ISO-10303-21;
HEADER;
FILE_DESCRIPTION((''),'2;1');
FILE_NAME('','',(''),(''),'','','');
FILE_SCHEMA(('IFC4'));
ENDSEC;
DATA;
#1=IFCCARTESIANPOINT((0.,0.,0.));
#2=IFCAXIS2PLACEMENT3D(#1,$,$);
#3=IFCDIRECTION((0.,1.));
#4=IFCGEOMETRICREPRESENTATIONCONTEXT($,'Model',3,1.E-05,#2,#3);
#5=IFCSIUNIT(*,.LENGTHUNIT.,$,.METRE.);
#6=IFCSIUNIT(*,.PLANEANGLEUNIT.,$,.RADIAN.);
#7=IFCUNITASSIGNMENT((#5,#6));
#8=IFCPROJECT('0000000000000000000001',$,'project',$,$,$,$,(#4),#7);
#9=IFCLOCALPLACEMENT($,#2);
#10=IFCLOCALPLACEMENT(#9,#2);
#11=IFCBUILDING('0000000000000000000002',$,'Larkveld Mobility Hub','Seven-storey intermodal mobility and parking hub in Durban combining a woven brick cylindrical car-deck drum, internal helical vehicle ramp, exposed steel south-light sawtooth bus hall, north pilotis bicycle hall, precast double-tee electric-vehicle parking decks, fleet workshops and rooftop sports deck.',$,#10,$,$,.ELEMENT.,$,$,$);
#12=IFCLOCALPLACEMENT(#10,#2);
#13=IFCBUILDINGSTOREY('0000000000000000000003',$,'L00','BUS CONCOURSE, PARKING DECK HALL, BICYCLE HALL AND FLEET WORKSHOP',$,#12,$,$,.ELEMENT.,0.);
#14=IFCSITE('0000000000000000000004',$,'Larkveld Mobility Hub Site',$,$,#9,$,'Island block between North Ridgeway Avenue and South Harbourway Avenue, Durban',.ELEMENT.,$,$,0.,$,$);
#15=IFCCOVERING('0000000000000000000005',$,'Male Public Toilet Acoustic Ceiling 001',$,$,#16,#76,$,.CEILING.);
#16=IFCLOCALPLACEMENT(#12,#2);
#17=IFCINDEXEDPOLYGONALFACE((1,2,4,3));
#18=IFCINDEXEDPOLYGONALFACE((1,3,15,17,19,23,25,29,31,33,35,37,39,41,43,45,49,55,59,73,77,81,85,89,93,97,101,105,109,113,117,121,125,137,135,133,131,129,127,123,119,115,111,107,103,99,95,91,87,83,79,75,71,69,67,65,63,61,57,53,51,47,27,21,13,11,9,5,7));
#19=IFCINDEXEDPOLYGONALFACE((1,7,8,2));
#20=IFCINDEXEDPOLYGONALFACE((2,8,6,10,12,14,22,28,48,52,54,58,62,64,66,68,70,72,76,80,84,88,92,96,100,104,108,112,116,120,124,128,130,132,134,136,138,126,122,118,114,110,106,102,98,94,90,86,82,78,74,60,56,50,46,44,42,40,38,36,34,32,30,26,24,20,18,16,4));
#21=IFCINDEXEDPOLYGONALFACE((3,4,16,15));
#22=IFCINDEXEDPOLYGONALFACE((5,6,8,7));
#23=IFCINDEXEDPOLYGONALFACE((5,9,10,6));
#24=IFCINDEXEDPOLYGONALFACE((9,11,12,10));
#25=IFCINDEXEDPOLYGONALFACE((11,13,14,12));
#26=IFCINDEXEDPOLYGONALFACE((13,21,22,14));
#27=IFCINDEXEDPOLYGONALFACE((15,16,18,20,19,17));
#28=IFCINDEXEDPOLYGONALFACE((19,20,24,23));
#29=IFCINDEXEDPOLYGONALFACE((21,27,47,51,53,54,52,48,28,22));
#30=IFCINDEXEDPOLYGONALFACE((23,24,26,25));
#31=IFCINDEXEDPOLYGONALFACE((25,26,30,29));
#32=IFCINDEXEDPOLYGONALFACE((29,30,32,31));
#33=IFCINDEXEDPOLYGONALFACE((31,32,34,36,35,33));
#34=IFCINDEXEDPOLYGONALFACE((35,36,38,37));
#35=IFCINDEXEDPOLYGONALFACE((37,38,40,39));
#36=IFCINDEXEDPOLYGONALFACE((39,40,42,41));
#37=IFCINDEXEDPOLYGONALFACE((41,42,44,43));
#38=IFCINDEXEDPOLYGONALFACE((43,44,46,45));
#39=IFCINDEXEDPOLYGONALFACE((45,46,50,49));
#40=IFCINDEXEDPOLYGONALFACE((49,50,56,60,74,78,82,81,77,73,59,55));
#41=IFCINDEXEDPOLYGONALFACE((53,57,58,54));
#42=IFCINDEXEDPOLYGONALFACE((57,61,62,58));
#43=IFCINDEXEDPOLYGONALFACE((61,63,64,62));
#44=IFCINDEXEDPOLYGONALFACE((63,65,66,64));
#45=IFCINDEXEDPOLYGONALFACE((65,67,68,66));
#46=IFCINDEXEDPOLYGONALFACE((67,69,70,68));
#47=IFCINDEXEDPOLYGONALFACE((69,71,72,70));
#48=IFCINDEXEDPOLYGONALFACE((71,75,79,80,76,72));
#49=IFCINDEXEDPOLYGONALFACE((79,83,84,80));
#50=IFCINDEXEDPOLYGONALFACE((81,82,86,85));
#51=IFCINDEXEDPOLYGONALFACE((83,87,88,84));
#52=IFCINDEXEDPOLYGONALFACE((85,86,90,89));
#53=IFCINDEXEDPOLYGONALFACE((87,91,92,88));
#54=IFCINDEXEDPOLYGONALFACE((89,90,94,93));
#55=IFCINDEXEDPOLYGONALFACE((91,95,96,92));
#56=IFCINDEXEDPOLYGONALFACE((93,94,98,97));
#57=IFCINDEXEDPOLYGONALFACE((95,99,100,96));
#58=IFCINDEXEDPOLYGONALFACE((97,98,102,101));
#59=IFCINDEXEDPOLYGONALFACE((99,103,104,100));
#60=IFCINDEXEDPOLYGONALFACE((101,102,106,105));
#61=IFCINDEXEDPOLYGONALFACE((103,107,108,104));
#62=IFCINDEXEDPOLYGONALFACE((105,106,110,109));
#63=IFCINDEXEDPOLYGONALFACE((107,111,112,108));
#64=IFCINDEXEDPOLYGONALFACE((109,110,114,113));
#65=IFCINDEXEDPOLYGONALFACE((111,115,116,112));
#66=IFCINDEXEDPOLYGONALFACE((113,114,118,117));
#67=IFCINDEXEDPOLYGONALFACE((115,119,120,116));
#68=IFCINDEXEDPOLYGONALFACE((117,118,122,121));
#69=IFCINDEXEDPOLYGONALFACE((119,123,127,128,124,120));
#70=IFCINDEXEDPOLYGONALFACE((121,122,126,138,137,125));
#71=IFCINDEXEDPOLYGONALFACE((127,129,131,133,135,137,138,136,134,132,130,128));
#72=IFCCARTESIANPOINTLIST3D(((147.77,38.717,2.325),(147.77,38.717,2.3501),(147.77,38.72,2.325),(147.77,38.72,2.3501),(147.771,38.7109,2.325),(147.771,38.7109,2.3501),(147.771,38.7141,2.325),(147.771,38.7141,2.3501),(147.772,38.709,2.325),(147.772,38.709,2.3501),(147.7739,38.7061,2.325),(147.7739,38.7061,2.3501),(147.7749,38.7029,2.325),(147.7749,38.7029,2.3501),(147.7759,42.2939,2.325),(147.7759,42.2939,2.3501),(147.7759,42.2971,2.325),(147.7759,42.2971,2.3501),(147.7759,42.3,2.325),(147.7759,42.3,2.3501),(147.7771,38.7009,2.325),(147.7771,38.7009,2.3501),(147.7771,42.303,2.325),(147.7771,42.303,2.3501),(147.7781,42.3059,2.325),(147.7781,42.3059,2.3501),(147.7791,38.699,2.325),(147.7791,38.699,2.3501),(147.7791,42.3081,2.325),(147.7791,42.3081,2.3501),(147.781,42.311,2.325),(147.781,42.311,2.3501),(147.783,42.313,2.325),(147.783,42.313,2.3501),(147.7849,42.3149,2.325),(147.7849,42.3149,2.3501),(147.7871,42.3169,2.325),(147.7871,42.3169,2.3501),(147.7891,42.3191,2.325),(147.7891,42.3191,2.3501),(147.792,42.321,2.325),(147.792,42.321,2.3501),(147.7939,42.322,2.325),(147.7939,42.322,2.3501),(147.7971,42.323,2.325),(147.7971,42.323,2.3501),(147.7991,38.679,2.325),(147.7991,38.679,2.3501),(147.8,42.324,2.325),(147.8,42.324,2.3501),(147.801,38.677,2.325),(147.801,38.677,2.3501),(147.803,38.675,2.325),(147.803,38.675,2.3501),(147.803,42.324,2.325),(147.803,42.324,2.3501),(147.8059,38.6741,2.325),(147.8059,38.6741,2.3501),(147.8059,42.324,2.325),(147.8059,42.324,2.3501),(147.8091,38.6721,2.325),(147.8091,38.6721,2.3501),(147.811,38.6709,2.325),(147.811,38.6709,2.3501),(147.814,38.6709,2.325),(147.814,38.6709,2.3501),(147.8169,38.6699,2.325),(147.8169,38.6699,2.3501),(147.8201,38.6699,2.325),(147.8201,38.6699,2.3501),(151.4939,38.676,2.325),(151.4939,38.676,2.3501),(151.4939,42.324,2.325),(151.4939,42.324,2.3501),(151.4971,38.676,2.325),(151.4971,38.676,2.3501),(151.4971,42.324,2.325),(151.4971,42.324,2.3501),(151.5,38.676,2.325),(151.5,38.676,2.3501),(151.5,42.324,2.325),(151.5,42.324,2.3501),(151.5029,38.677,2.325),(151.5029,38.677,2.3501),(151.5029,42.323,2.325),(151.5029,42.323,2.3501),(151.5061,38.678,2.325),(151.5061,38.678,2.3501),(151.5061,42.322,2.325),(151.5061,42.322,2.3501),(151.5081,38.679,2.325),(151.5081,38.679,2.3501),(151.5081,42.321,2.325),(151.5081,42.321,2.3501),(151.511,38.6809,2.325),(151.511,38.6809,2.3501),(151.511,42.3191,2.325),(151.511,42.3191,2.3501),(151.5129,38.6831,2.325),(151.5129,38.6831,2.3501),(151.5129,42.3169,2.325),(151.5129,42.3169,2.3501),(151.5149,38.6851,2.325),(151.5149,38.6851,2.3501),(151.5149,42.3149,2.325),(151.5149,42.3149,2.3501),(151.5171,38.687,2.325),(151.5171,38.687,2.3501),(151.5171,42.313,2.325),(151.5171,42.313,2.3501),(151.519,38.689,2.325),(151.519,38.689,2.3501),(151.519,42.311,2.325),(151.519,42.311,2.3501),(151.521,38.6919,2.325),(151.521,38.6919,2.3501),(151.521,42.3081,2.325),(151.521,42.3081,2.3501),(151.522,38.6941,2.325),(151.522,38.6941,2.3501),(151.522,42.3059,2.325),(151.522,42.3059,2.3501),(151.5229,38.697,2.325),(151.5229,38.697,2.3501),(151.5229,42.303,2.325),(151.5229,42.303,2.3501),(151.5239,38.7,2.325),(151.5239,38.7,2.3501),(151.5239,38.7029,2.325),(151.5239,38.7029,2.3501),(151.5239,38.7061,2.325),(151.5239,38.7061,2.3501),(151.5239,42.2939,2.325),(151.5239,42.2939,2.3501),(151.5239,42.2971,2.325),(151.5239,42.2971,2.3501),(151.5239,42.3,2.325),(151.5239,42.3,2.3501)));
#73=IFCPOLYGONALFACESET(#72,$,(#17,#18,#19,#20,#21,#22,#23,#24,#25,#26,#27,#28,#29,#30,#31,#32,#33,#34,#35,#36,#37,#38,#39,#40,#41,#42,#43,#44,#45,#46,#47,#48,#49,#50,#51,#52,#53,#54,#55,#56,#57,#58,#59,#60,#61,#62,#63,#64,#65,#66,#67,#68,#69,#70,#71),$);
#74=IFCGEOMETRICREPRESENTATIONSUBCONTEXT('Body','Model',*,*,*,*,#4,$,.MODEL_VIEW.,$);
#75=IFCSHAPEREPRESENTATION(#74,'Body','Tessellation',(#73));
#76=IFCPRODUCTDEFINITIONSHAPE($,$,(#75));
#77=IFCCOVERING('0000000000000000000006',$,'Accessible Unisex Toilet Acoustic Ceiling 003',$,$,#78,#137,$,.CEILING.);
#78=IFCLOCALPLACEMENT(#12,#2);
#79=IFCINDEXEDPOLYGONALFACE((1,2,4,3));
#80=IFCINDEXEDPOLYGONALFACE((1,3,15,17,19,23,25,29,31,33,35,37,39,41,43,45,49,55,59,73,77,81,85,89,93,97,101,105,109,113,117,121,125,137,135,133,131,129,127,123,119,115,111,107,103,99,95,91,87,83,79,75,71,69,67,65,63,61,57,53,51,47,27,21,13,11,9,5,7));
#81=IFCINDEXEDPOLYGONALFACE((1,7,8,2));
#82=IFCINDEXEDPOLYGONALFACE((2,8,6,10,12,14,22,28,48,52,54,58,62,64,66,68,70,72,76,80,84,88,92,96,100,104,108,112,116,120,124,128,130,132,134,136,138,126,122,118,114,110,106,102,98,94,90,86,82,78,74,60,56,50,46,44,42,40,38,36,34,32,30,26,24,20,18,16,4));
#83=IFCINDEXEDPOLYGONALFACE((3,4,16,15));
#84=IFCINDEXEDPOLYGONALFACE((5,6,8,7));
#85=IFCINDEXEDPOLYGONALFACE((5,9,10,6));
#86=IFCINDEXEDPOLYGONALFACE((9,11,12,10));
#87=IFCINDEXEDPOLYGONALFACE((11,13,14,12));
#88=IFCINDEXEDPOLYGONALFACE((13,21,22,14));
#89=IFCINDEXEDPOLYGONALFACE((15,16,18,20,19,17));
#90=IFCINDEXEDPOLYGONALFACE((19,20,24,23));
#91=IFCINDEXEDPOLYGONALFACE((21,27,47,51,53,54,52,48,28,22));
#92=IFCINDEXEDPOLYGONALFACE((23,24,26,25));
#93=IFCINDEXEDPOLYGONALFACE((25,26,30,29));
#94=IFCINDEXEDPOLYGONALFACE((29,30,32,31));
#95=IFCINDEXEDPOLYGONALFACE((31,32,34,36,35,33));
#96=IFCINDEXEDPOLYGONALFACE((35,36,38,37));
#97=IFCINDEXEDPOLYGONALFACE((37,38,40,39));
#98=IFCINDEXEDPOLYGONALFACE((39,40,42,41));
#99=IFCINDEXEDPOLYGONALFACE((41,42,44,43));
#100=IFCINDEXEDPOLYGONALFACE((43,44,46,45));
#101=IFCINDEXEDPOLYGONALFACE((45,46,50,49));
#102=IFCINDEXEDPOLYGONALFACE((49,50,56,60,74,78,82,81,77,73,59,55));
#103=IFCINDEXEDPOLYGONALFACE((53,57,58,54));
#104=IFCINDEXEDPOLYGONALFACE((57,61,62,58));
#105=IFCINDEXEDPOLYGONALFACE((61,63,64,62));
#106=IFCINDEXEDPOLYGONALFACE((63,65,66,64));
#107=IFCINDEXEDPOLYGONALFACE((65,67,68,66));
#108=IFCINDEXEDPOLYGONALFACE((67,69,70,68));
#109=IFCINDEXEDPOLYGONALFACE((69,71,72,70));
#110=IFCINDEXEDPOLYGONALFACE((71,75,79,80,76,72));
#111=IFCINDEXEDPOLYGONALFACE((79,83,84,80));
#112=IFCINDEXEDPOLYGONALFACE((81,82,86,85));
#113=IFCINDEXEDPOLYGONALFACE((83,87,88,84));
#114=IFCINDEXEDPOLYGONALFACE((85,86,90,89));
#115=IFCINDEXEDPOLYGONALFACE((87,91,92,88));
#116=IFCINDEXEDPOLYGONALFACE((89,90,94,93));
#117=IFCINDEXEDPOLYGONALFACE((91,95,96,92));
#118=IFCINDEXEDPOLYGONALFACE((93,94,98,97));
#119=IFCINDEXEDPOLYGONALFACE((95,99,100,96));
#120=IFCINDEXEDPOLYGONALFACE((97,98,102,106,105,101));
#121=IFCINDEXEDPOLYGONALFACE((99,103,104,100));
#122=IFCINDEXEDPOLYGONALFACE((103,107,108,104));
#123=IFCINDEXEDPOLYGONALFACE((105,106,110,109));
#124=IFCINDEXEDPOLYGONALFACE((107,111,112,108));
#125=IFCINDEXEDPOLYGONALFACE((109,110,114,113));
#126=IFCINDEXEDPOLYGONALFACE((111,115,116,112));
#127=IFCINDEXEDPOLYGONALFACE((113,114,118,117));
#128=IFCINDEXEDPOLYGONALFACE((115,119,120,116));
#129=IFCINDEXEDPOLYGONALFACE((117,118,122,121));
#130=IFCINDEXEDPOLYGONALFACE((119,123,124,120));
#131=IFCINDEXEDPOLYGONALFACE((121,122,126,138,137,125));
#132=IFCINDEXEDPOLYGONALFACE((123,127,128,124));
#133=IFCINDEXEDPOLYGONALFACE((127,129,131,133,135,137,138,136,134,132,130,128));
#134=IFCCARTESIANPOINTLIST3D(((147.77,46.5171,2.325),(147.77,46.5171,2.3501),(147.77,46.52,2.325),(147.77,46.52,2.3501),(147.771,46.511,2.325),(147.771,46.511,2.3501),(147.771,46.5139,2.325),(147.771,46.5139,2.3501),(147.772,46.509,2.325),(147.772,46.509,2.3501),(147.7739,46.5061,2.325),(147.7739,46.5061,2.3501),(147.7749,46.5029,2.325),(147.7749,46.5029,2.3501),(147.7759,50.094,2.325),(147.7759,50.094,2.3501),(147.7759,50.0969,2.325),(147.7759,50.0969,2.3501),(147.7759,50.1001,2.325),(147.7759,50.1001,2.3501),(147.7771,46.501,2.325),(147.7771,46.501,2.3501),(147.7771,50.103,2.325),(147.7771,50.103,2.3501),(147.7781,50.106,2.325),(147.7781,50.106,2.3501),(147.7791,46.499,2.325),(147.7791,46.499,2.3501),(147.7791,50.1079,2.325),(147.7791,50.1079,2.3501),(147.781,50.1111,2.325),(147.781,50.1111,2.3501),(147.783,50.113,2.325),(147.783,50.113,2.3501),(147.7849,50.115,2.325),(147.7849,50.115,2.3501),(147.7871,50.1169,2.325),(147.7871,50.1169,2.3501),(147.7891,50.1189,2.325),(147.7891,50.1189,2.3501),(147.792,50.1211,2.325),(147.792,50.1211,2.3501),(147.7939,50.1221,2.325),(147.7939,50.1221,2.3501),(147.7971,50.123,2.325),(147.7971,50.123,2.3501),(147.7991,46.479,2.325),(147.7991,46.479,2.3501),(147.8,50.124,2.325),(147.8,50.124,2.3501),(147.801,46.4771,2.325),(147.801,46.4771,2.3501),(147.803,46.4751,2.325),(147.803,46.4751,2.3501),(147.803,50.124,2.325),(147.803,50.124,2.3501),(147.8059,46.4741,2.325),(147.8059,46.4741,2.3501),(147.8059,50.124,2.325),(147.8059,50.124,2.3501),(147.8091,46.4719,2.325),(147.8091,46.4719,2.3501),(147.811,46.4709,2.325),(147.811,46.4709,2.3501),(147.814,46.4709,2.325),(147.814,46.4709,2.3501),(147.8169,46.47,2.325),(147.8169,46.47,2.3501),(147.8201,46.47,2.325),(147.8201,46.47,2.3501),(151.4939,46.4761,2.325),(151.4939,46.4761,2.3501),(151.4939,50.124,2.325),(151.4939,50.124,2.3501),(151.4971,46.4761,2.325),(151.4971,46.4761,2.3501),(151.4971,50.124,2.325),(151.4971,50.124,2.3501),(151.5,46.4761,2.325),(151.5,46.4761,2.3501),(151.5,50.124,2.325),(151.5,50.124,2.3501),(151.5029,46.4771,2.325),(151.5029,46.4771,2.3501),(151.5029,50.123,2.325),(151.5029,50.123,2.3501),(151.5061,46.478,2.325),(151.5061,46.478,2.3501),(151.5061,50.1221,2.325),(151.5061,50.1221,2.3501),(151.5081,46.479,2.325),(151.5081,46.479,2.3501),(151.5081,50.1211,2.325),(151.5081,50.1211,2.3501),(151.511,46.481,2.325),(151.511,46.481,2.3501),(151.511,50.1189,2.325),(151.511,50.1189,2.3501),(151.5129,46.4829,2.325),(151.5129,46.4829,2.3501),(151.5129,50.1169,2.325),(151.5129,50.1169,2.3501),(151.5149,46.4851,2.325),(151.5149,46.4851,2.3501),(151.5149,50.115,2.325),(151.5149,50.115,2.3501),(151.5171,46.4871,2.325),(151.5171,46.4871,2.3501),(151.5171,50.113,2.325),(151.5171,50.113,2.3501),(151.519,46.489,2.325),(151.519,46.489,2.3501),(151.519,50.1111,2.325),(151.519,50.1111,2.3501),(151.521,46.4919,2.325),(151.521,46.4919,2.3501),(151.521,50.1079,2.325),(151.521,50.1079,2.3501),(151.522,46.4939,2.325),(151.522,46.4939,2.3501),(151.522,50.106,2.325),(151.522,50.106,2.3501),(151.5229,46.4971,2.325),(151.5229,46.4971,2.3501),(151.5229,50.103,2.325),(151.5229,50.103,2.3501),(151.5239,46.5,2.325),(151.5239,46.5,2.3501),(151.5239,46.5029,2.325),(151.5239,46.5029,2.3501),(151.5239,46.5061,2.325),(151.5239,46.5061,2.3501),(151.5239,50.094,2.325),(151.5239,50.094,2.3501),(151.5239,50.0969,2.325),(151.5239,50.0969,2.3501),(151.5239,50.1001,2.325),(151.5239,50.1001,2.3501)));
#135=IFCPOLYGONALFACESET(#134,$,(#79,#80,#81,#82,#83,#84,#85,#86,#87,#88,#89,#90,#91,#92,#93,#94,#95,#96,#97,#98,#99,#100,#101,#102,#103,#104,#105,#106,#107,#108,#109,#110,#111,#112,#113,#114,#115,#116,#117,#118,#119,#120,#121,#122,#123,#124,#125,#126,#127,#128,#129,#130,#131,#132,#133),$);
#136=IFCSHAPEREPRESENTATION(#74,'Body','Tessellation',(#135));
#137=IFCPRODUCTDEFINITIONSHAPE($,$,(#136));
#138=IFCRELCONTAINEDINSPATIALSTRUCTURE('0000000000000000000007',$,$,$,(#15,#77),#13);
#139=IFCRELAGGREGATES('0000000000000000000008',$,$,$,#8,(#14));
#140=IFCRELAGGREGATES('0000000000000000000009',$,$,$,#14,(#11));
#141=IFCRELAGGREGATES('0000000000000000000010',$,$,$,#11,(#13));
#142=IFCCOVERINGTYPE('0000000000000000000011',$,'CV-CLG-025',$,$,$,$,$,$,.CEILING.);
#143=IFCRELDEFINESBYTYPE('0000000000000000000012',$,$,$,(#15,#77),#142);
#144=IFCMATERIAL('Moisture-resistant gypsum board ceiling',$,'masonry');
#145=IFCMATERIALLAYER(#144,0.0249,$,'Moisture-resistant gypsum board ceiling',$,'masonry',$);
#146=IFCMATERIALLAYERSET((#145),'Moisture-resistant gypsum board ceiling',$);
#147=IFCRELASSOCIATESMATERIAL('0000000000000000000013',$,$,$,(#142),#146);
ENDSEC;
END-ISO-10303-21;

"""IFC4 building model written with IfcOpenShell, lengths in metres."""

from ifc_helpers import new_model, si_unit, direction, frame, origin, place, context, subcontext, project, spatial, polyline, outline, extrude, material, layer, layer_set, type_object, element, save


model = new_model("IFC4")

# Units and contexts
model_context = context("Model", 3, precision=1e-05, world=origin(), true_north=direction((0.0, 1.0)))
body_context = subcontext(model_context, "Body", "Model", "MODEL_VIEW")
ifc_project = project(units=[si_unit("LENGTHUNIT", "METRE"), si_unit("PLANEANGLEUNIT", "RADIAN")], contexts=[model_context])

# Site, building, storey
site_placement = place(None, origin())
site = spatial("IfcSite", under=ifc_project, at=site_placement, Name="Larkveld Mobility Hub Site", LongName="Island block between North Ridgeway Avenue and South Harbourway Avenue, Durban", CompositionType="ELEMENT", RefElevation=0.0)
building_placement = place(site_placement, origin())
building = spatial("IfcBuilding", under=site, at=building_placement, Name="Larkveld Mobility Hub", Description="Seven-storey intermodal mobility and parking hub in Durban combining a woven brick cylindrical car-deck drum, internal helical vehicle ramp, exposed steel south-light sawtooth bus hall, north pilotis bicycle hall, precast double-tee electric-vehicle parking decks, fleet workshops and rooftop sports deck.", CompositionType="ELEMENT")
storey_placement = place(building_placement, origin())
storey = spatial("IfcBuildingStorey", under=building, at=storey_placement, Name="L00", Description="BUS CONCOURSE, PARKING DECK HALL, BICYCLE HALL AND FLEET WORKSHOP", CompositionType="ELEMENT", Elevation=0.0)

# Coverings
ifc_material_1 = material(Name="Moisture-resistant gypsum board ceiling", Category="masonry")
ifc_layer_1 = layer(ifc_material_1, 0.0249, Name="Moisture-resistant gypsum board ceiling", Category="masonry")
ifc_layer_set_1 = layer_set([ifc_layer_1], Name="Moisture-resistant gypsum board ceiling")
covering_type_1 = type_object("IfcCoveringType", Name="CV-CLG-025", PredefinedType="CEILING", material=ifc_layer_set_1)
covering_1_placement = place(storey_placement, frame((0.0, 0.0, 2.325)))
element("IfcCovering", 1, at=covering_1_placement, inside=storey, type_object=covering_type_1, Name="Male Public Toilet Acoustic Ceiling 001", PredefinedType="CEILING", context=body_context, shape_type="SweptSolid", body=[
    extrude(outline(polyline([(147.8201, 38.6699), (147.8169, 38.6699), (147.814, 38.6709), (147.811, 38.6709), (147.8091, 38.6721), (147.8059, 38.6741), (147.803, 38.675), (147.801, 38.677), (147.7991, 38.679), (147.7791, 38.699), (147.7771, 38.7009), (147.7749, 38.7029), (147.7739, 38.7061), (147.772, 38.709), (147.771, 38.7109), (147.771, 38.7141), (147.77, 38.717), (147.77, 38.72), (147.7759, 42.2939), (147.7759, 42.2971), (147.7759, 42.3), (147.7771, 42.303), (147.7781, 42.3059), (147.7791, 42.3081), (147.781, 42.311), (147.783, 42.313), (147.7849, 42.3149), (147.7871, 42.3169), (147.7891, 42.3191), (147.792, 42.321), (147.7939, 42.322), (147.7971, 42.323), (147.8, 42.324), (147.803, 42.324), (147.8059, 42.324), (151.4939, 42.324), (151.4971, 42.324), (151.5, 42.324), (151.5029, 42.323), (151.5061, 42.322), (151.5081, 42.321), (151.511, 42.3191), (151.5129, 42.3169), (151.5149, 42.3149), (151.5171, 42.313), (151.519, 42.311), (151.521, 42.3081), (151.522, 42.3059), (151.5229, 42.303), (151.5239, 42.3), (151.5239, 42.2971), (151.5239, 42.2939), (151.5239, 38.7061), (151.5239, 38.7029), (151.5239, 38.7), (151.5229, 38.697), (151.522, 38.6941), (151.521, 38.6919), (151.519, 38.689), (151.5171, 38.687), (151.5149, 38.6851), (151.5129, 38.6831), (151.511, 38.6809), (151.5081, 38.679), (151.5061, 38.678), (151.5029, 38.677), (151.5, 38.676), (151.4971, 38.676), (151.4939, 38.676), (147.8201, 38.6699)])), origin(), (0.0, 0.0, 1.0), 0.0251),
])
covering_2_placement = place(storey_placement, frame((0.0, 0.0, 2.325)))
element("IfcCovering", 2, at=covering_2_placement, inside=storey, type_object=covering_type_1, Name="Accessible Unisex Toilet Acoustic Ceiling 003", PredefinedType="CEILING", context=body_context, shape_type="SweptSolid", body=[
    extrude(outline(polyline([(147.8201, 46.47), (147.8169, 46.47), (147.814, 46.4709), (147.811, 46.4709), (147.8091, 46.4719), (147.8059, 46.4741), (147.803, 46.4751), (147.801, 46.4771), (147.7991, 46.479), (147.7791, 46.499), (147.7771, 46.501), (147.7749, 46.5029), (147.7739, 46.5061), (147.772, 46.509), (147.771, 46.511), (147.771, 46.5139), (147.77, 46.5171), (147.77, 46.52), (147.7759, 50.094), (147.7759, 50.0969), (147.7759, 50.1001), (147.7771, 50.103), (147.7781, 50.106), (147.7791, 50.1079), (147.781, 50.1111), (147.783, 50.113), (147.7849, 50.115), (147.7871, 50.1169), (147.7891, 50.1189), (147.792, 50.1211), (147.7939, 50.1221), (147.7971, 50.123), (147.8, 50.124), (147.803, 50.124), (147.8059, 50.124), (151.4939, 50.124), (151.4971, 50.124), (151.5, 50.124), (151.5029, 50.123), (151.5061, 50.1221), (151.5081, 50.1211), (151.511, 50.1189), (151.5129, 50.1169), (151.5149, 50.115), (151.5171, 50.113), (151.519, 50.1111), (151.521, 50.1079), (151.522, 50.106), (151.5229, 50.103), (151.5239, 50.1001), (151.5239, 50.0969), (151.5239, 50.094), (151.5239, 46.5061), (151.5239, 46.5029), (151.5239, 46.5), (151.5229, 46.4971), (151.522, 46.4939), (151.521, 46.4919), (151.519, 46.489), (151.5171, 46.4871), (151.5149, 46.4851), (151.5129, 46.4829), (151.511, 46.481), (151.5081, 46.479), (151.5061, 46.478), (151.5029, 46.4771), (151.5, 46.4761), (151.4971, 46.4761), (151.4939, 46.4761), (147.8201, 46.47)])), origin(), (0.0, 0.0, 1.0), 0.0251),
])

save(model, "model.ifc")
